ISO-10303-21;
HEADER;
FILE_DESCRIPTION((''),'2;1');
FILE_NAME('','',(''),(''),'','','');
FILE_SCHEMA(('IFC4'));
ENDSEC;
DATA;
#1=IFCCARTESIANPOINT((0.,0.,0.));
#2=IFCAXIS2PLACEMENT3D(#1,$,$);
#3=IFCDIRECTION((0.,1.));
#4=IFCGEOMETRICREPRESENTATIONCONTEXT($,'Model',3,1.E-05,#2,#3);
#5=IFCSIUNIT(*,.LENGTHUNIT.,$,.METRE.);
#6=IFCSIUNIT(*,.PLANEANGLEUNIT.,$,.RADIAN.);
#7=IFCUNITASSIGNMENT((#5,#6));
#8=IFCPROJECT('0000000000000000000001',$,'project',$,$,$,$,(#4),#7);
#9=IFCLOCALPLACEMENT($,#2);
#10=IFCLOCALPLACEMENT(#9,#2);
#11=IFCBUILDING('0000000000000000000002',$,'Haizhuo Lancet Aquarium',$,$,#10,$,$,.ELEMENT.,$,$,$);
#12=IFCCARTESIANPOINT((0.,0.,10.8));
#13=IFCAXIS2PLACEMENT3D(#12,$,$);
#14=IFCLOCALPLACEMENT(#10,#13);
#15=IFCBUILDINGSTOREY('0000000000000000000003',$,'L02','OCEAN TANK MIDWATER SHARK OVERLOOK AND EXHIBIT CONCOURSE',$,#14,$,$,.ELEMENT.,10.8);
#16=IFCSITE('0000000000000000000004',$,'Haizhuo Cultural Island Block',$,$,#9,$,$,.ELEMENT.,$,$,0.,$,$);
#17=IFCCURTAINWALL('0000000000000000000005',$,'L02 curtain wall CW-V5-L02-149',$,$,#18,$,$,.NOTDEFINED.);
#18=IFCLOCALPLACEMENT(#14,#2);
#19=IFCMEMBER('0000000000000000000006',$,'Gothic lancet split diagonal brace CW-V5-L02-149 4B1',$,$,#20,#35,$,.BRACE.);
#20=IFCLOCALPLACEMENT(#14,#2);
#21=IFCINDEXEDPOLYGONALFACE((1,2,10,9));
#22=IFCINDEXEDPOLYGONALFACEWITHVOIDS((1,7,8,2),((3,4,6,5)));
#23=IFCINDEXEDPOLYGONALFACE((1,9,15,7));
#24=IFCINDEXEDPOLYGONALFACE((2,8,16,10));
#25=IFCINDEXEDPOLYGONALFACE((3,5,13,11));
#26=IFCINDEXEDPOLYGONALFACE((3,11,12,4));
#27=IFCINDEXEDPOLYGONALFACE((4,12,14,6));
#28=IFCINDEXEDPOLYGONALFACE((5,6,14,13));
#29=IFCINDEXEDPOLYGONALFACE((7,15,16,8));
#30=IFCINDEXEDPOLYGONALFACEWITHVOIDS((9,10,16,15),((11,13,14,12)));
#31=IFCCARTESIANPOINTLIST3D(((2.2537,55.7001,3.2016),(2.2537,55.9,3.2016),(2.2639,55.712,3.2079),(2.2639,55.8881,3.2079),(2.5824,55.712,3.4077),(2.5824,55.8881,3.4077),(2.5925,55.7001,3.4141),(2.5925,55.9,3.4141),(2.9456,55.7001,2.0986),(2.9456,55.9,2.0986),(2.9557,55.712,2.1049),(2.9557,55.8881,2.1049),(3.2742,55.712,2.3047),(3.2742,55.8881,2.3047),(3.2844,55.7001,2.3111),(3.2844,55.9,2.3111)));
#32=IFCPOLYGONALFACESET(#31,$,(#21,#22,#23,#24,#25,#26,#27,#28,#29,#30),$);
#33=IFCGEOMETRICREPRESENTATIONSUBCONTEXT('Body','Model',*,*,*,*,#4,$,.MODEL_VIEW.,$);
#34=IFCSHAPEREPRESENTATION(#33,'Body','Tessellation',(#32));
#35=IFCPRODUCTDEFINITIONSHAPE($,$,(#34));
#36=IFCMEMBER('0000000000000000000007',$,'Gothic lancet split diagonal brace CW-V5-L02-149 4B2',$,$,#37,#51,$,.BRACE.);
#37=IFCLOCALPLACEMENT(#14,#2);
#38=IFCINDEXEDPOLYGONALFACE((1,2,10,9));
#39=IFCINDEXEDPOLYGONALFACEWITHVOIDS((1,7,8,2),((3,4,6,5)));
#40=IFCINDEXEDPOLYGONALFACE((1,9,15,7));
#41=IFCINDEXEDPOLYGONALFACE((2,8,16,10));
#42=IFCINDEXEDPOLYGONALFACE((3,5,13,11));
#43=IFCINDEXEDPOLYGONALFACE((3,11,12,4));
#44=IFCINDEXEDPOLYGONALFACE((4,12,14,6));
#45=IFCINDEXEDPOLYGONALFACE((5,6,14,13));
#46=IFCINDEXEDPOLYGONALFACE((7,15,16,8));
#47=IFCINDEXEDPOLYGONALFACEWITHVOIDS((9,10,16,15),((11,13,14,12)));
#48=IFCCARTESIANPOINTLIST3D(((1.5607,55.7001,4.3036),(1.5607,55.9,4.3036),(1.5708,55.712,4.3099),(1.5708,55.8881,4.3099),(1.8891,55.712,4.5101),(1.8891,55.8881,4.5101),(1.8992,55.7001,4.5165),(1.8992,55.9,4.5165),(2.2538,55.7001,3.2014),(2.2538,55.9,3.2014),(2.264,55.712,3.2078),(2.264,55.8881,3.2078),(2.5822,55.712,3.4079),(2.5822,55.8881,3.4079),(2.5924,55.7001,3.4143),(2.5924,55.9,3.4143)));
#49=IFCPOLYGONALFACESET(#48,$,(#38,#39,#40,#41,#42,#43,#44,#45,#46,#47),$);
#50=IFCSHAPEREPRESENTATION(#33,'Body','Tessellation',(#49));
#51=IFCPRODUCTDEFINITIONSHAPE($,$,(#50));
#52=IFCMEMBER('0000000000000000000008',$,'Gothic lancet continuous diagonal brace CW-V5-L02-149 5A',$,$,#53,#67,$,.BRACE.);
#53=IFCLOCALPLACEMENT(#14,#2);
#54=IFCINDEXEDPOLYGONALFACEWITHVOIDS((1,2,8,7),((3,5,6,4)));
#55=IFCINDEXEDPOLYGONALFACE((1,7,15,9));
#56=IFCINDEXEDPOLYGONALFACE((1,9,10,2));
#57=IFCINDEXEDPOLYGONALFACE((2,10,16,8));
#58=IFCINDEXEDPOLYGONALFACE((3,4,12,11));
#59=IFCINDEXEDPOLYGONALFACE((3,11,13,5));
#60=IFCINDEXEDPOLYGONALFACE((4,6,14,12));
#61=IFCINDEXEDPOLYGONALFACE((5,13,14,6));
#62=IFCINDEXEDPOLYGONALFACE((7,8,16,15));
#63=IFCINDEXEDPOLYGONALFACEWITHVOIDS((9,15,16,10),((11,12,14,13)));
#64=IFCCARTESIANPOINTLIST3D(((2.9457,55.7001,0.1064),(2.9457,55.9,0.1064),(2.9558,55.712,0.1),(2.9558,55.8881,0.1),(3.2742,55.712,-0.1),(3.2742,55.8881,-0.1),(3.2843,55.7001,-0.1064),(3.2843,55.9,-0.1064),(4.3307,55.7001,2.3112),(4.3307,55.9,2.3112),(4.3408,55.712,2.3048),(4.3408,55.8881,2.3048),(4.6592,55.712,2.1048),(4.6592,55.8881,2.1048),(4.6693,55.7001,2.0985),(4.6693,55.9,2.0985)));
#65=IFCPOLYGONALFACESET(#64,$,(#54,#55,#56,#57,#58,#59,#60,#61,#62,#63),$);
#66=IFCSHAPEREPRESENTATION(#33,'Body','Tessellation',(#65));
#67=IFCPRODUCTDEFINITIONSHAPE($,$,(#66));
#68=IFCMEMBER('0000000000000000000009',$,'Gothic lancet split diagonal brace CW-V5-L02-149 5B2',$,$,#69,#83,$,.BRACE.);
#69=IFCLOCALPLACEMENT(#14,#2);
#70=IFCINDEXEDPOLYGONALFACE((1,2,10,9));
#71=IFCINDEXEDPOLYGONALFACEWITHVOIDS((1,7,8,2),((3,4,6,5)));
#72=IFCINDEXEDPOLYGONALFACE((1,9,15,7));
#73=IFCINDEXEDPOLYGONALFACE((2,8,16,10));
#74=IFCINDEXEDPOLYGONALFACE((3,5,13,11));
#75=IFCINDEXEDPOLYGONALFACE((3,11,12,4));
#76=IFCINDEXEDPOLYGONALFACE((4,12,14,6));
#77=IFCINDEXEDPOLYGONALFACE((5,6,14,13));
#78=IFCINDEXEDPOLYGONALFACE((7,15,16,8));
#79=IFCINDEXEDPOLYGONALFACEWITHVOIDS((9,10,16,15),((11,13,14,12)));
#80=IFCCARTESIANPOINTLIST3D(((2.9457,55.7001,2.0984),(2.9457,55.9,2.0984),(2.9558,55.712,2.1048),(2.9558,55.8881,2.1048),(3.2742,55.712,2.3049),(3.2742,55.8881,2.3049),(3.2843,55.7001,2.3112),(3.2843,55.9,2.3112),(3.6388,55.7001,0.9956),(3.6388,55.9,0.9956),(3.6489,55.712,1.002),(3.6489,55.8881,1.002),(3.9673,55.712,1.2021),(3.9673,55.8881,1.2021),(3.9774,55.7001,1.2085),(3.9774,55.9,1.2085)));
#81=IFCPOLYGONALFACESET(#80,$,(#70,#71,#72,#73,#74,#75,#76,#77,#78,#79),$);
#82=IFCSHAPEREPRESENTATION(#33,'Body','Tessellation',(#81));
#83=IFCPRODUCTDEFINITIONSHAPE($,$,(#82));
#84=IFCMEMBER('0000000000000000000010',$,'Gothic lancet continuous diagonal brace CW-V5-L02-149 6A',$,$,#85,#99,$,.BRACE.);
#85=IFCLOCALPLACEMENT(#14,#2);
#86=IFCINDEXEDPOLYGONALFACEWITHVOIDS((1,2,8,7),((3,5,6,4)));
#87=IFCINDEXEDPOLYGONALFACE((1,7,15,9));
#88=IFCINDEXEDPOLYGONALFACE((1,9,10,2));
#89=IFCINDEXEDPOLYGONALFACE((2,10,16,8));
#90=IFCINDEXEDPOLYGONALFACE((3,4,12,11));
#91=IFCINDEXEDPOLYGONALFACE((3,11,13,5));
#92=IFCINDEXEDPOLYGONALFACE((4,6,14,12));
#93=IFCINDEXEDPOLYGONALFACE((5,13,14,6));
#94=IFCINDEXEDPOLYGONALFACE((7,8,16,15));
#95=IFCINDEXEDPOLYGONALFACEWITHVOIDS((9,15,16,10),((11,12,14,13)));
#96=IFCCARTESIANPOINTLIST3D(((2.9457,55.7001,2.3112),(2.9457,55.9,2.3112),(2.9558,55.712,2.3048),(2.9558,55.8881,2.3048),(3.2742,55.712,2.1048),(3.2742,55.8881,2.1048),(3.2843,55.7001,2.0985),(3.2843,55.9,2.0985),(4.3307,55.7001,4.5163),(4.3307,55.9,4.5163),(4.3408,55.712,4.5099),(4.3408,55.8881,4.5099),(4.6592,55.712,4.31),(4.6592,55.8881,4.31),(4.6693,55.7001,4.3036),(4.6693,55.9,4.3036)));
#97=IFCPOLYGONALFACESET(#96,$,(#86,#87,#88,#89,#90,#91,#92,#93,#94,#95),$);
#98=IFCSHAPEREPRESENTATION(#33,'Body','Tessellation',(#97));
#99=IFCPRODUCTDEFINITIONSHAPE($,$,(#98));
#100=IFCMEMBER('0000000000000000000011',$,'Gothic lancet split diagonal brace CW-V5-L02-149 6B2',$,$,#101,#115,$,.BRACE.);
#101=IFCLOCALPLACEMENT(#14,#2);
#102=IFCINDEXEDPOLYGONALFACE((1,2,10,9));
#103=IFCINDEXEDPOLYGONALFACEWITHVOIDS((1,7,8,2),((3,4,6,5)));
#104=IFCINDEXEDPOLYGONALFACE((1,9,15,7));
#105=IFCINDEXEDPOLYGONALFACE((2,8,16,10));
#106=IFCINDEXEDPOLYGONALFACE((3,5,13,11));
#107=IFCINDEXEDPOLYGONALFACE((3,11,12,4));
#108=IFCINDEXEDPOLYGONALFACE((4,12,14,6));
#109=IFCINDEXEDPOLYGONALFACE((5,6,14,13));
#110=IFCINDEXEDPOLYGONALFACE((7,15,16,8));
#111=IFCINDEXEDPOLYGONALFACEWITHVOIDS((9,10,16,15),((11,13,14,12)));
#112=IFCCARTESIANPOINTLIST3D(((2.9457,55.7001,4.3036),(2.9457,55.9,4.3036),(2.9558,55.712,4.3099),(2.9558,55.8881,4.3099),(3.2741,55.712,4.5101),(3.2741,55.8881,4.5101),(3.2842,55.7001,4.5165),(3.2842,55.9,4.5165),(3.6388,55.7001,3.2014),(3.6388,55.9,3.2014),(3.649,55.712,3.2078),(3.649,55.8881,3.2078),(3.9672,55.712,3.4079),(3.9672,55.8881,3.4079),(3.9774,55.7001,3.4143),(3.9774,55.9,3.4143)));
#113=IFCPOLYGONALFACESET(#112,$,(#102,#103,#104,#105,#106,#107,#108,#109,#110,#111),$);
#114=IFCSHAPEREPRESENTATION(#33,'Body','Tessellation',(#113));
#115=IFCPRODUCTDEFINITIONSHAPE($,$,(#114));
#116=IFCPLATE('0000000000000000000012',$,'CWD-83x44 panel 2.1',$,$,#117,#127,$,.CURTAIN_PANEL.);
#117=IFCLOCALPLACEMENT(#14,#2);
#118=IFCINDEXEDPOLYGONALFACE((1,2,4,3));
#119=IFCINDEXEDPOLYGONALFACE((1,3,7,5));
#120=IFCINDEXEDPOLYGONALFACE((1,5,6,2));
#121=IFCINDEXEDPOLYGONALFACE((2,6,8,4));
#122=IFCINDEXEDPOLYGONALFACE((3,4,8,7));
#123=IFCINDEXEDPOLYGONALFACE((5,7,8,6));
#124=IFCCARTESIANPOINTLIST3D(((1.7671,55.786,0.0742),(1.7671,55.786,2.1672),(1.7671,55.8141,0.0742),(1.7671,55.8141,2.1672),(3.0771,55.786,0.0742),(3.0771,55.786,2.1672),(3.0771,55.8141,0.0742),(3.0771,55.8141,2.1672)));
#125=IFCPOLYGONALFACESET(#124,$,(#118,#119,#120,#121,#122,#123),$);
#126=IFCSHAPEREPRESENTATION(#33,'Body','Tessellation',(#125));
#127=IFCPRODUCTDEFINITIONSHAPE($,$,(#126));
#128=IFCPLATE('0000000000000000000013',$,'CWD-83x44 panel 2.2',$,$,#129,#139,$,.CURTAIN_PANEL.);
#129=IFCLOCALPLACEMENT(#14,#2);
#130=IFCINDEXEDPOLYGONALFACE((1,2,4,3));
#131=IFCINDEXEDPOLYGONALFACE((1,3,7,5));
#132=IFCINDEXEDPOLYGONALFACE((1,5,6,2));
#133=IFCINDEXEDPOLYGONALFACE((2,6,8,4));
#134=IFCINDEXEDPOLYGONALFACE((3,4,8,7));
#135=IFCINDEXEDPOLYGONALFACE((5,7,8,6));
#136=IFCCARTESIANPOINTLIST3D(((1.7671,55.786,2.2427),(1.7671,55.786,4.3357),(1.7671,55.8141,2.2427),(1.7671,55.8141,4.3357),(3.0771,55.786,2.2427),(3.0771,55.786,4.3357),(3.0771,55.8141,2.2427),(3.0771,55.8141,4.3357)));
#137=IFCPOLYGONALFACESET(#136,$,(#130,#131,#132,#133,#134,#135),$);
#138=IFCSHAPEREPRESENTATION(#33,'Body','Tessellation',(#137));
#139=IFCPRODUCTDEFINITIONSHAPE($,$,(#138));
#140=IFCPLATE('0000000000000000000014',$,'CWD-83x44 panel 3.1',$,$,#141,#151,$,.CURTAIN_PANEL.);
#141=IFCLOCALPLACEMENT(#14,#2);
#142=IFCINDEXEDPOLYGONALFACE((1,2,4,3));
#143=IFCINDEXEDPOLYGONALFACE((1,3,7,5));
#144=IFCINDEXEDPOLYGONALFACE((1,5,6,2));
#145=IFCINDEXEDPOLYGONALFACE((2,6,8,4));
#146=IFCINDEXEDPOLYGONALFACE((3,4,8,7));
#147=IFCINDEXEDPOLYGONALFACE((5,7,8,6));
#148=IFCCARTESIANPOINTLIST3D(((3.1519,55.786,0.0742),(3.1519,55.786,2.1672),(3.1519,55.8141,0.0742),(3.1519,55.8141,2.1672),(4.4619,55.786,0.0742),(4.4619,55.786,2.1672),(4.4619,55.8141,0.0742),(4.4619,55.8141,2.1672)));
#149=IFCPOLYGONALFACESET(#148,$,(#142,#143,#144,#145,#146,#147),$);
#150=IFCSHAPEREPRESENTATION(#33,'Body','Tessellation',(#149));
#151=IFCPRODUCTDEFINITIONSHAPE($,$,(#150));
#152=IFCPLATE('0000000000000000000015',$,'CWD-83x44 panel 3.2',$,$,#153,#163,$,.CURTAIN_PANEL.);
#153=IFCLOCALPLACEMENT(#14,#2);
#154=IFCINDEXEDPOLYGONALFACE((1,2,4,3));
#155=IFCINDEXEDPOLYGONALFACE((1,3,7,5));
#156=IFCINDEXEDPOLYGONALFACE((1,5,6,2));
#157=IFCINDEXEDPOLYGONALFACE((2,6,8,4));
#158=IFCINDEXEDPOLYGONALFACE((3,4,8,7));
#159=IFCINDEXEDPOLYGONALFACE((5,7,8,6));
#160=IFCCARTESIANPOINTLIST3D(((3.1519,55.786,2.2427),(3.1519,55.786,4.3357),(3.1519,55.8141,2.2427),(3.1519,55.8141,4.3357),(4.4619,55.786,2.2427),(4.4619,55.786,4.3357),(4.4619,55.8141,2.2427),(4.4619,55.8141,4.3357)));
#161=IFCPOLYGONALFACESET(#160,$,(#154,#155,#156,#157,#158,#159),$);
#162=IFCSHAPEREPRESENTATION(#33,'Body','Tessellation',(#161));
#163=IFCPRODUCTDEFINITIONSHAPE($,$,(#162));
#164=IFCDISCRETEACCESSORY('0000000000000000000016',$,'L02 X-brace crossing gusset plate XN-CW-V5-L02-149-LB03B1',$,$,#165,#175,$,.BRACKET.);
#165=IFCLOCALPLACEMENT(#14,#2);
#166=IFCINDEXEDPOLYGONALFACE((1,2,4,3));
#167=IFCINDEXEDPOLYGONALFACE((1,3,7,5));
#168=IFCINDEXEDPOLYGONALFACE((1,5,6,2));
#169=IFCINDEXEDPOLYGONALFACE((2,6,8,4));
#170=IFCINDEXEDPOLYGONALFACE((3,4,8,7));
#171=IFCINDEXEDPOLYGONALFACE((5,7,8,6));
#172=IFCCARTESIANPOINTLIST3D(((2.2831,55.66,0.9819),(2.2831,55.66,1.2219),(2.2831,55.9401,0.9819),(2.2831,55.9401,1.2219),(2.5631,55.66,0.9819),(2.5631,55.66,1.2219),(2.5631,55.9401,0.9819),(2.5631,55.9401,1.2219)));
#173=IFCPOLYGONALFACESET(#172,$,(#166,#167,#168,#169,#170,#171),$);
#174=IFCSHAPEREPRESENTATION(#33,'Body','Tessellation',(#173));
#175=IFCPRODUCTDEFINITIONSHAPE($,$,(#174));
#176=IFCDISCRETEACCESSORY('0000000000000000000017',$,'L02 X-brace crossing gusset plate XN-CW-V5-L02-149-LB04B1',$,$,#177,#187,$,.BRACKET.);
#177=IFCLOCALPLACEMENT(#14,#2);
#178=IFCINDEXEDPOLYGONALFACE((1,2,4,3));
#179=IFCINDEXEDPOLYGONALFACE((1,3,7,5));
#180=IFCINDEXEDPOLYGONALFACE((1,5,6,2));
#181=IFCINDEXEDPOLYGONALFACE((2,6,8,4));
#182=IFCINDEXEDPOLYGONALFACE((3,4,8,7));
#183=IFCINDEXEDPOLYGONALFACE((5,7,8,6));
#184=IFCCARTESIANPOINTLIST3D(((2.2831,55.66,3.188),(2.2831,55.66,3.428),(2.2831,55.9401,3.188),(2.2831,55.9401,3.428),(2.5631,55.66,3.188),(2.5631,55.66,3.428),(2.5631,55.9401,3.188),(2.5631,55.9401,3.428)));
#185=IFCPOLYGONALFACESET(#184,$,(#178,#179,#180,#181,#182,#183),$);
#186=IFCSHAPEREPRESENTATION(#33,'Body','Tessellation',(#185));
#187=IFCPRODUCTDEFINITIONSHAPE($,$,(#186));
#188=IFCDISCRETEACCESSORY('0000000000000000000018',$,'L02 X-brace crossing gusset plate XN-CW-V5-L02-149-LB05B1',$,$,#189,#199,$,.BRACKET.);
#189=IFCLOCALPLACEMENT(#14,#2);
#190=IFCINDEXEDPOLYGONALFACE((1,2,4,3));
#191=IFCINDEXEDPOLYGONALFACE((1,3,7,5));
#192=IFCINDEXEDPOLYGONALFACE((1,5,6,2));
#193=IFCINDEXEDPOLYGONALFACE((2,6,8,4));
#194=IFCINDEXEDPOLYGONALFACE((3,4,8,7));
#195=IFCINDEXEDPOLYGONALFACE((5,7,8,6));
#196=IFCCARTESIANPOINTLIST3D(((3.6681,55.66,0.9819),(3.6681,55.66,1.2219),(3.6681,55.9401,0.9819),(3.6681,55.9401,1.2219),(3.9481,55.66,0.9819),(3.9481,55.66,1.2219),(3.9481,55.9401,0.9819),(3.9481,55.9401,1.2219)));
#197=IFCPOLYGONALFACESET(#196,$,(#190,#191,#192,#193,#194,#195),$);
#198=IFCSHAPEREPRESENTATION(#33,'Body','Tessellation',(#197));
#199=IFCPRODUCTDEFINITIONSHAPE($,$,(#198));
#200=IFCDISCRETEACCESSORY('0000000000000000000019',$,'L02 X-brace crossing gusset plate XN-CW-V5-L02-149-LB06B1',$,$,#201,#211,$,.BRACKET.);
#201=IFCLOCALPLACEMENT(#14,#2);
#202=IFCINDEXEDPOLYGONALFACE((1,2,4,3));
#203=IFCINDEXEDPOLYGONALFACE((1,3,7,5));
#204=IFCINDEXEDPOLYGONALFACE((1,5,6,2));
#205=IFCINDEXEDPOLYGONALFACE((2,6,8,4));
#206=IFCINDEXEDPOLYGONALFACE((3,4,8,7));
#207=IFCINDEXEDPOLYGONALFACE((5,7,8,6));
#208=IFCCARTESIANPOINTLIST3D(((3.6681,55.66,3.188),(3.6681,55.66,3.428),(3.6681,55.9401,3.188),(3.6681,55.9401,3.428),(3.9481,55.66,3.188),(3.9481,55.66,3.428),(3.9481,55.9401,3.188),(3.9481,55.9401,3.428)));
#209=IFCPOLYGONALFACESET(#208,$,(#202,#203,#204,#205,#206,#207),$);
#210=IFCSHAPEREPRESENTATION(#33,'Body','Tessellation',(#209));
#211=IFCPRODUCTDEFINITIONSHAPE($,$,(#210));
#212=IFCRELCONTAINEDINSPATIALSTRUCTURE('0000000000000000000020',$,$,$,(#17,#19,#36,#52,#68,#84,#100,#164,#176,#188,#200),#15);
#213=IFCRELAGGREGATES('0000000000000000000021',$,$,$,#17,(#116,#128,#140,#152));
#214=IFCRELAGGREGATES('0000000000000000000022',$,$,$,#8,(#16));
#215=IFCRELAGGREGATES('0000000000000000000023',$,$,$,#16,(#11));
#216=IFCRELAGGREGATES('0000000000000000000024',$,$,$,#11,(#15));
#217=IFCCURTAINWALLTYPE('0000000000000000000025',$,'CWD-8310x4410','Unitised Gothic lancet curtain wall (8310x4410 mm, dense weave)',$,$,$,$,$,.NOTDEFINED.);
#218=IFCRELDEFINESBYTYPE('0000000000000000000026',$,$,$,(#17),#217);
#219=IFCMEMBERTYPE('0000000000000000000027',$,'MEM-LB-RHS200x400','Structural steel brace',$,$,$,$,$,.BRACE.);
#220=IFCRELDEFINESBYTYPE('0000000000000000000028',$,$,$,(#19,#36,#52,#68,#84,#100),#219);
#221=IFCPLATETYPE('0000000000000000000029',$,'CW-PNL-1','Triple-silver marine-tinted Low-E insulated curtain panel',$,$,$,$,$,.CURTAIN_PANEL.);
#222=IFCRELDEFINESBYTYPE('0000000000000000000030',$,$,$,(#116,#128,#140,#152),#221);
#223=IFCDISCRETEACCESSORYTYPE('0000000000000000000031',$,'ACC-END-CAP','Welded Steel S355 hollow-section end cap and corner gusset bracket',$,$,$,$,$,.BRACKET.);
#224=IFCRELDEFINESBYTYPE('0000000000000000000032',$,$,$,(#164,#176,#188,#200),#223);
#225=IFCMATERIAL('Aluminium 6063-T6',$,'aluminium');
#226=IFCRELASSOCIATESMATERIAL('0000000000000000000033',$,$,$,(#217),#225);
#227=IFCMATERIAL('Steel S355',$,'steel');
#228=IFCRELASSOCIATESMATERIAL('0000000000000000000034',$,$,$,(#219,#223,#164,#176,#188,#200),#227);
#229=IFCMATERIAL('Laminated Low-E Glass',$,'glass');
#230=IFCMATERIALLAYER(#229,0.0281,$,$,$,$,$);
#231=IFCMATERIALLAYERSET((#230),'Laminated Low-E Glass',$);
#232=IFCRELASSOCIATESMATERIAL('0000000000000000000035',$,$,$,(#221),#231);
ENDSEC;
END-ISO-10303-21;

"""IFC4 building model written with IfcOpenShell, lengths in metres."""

from ifc_helpers import new_model, si_unit, direction, frame, origin, origin_2d, place, context, subcontext, project, spatial, rectangle, hollow_rectangle, extrude, material, layer, layer_set, material_profile, profile_set, type_object, element, aggregate, save


model = new_model("IFC4")

# Units and contexts
model_context = context("Model", 3, precision=1e-05, world=origin(), true_north=direction((0.0, 1.0)))
body_context = subcontext(model_context, "Body", "Model", "MODEL_VIEW")
ifc_project = project(units=[si_unit("LENGTHUNIT", "METRE"), si_unit("PLANEANGLEUNIT", "RADIAN")], contexts=[model_context])

# Site, building, storey
site_placement = place(None, origin())
site = spatial("IfcSite", under=ifc_project, at=site_placement, Name="Haizhuo Cultural Island Block", CompositionType="ELEMENT", RefElevation=0.0)
building_placement = place(site_placement, origin())
building = spatial("IfcBuilding", under=site, at=building_placement, Name="Haizhuo Lancet Aquarium", CompositionType="ELEMENT")
storey_placement = place(building_placement, frame((0.0, 0.0, 10.8)))
storey = spatial("IfcBuildingStorey", under=building, at=storey_placement, Name="L02", Description="OCEAN TANK MIDWATER SHARK OVERLOOK AND EXHIBIT CONCOURSE", CompositionType="ELEMENT", Elevation=10.8)

# Curtain wall
ifc_material_1 = material(Name="Aluminium 6063-T6", Category="aluminium")
curtain_wall_type = type_object("IfcCurtainWallType", Name="CWD-8310x4410", Description="Unitised Gothic lancet curtain wall (8310x4410 mm, dense weave)", PredefinedType="NOTDEFINED", material=ifc_material_1)
curtain_wall_placement = place(storey_placement, origin())
curtain_wall = element("IfcCurtainWall", 1, at=curtain_wall_placement, inside=storey, type_object=curtain_wall_type, Name="L02 curtain wall CW-V5-L02-149", PredefinedType="NOTDEFINED")

# Members
ifc_material_2 = material(Name="Steel S355", Category="steel")
ifc_material_profile_1 = material_profile(ifc_material_2, hollow_rectangle(XDim=0.2, YDim=0.3999, WallThickness=0.012, at=origin_2d()), Name="RHS 200x400x12")
ifc_profile_set_1 = profile_set([ifc_material_profile_1], Name="Steel S355")
member_type_1 = type_object("IfcMemberType", Name="MEM-LB-RHS200x400", Description="Structural steel brace", PredefinedType="BRACE", material=ifc_profile_set_1)
for number, where, z_axis, x_axis, name in (
    (2, (3.115, 55.8, 2.2048), (-0.53138, 0.0, 0.847133), (0.0, -1.0, 0.0), "Gothic lancet split diagonal brace CW-V5-L02-149 4B1"),
    (3, (2.4231, 55.8, 3.3079), (-0.53239, 0.0, 0.846499), (0.0, -1.0, 0.0), "Gothic lancet split diagonal brace CW-V5-L02-149 4B2"),
):
    element("IfcMember", number, at=place(storey_placement, frame(where, z_axis=z_axis, x_axis=x_axis)), inside=storey, type_object=member_type_1, Name=name, PredefinedType="BRACE", context=body_context, shape_type="SweptSolid", body=[
        extrude(hollow_rectangle(XDim=0.2, YDim=0.3999, WallThickness=0.012, at=origin_2d()), origin(), (0.0, 0.0, 1.0), 1.302),
    ])
member_1_placement = place(storey_placement, frame((3.115, 55.8, 0.0), z_axis=(0.531928, 0.0, 0.84679), x_axis=(0.0, 1.0, 0.0)))
element("IfcMember", 4, at=member_1_placement, inside=storey, type_object=member_type_1, Name="Gothic lancet continuous diagonal brace CW-V5-L02-149 5A", PredefinedType="BRACE", context=body_context, shape_type="SweptSolid", body=[
    extrude(hollow_rectangle(XDim=0.2, YDim=0.3999, WallThickness=0.012, at=origin_2d()), origin(), (0.0, 0.0, 1.0), 2.6038),
])
member_2_placement = place(storey_placement, frame((3.8081, 55.8, 1.1021), z_axis=(-0.532137, 0.0, 0.846658), x_axis=(0.0, -1.0, 0.0)))
element("IfcMember", 5, at=member_2_placement, inside=storey, type_object=member_type_1, Name="Gothic lancet split diagonal brace CW-V5-L02-149 5B2", PredefinedType="BRACE", context=body_context, shape_type="SweptSolid", body=[
    extrude(hollow_rectangle(XDim=0.2, YDim=0.3999, WallThickness=0.012, at=origin_2d()), origin(), (0.0, 0.0, 1.0), 1.3025),
])
member_3_placement = place(storey_placement, frame((3.115, 55.8, 2.2048), z_axis=(0.531885, 0.0, 0.846816), x_axis=(0.0, 1.0, 0.0)))
element("IfcMember", 6, at=member_3_placement, inside=storey, type_object=member_type_1, Name="Gothic lancet continuous diagonal brace CW-V5-L02-149 6A", PredefinedType="BRACE", context=body_context, shape_type="SweptSolid", body=[
    extrude(hollow_rectangle(XDim=0.2, YDim=0.3999, WallThickness=0.012, at=origin_2d()), origin(), (0.0, 0.0, 1.0), 2.604),
])
member_4_placement = place(storey_placement, frame((3.8081, 55.8, 3.3079), z_axis=(-0.53239, 0.0, 0.846499), x_axis=(0.0, -1.0, 0.0)))
element("IfcMember", 7, at=member_4_placement, inside=storey, type_object=member_type_1, Name="Gothic lancet split diagonal brace CW-V5-L02-149 6B2", PredefinedType="BRACE", context=body_context, shape_type="SweptSolid", body=[
    extrude(hollow_rectangle(XDim=0.2, YDim=0.3999, WallThickness=0.012, at=origin_2d()), origin(), (0.0, 0.0, 1.0), 1.302),
])

# Plates
ifc_material_3 = material(Name="Laminated Low-E Glass", Category="glass")
ifc_layer = layer(ifc_material_3, 0.0281)
ifc_layer_set = layer_set([ifc_layer], Name="Laminated Low-E Glass")
plate_type = type_object("IfcPlateType", Name="CW-PNL-1", Description="Triple-silver marine-tinted Low-E insulated curtain panel", PredefinedType="CURTAIN_PANEL", material=ifc_layer_set)
plate_1_placement = place(storey_placement, frame((2.4221, 55.8, 0.0742), z_axis=(0.0, 0.0, 1.0), x_axis=(1.0, 0.0, 0.0)))
plate_1 = element("IfcPlate", 8, at=plate_1_placement, type_object=plate_type, Name="CWD-83x44 panel 2.1", PredefinedType="CURTAIN_PANEL", context=body_context, shape_type="SweptSolid", body=[
    extrude(rectangle(XDim=1.3101, YDim=0.0281, at=origin_2d()), origin(), (0.0, 0.0, 1.0), 2.093),
])
plate_2_placement = place(storey_placement, frame((2.4221, 55.8, 2.2427), z_axis=(0.0, 0.0, 1.0), x_axis=(1.0, 0.0, 0.0)))
plate_2 = element("IfcPlate", 9, at=plate_2_placement, type_object=plate_type, Name="CWD-83x44 panel 2.2", PredefinedType="CURTAIN_PANEL", context=body_context, shape_type="SweptSolid", body=[
    extrude(rectangle(XDim=1.3101, YDim=0.0281, at=origin_2d()), origin(), (0.0, 0.0, 1.0), 2.093),
])
plate_3_placement = place(storey_placement, frame((3.8069, 55.8, 0.0742), z_axis=(0.0, 0.0, 1.0), x_axis=(1.0, 0.0, 0.0)))
plate_3 = element("IfcPlate", 10, at=plate_3_placement, type_object=plate_type, Name="CWD-83x44 panel 3.1", PredefinedType="CURTAIN_PANEL", context=body_context, shape_type="SweptSolid", body=[
    extrude(rectangle(XDim=1.3101, YDim=0.0281, at=origin_2d()), origin(), (0.0, 0.0, 1.0), 2.093),
])
plate_4_placement = place(storey_placement, frame((3.8069, 55.8, 2.2427), z_axis=(0.0, 0.0, 1.0), x_axis=(1.0, 0.0, 0.0)))
plate_4 = element("IfcPlate", 11, at=plate_4_placement, type_object=plate_type, Name="CWD-83x44 panel 3.2", PredefinedType="CURTAIN_PANEL", context=body_context, shape_type="SweptSolid", body=[
    extrude(rectangle(XDim=1.3101, YDim=0.0281, at=origin_2d()), origin(), (0.0, 0.0, 1.0), 2.093),
])
aggregate(curtain_wall, [plate_1, plate_2, plate_3, plate_4])

# Discrete accessories
discrete_accessory_type = type_object("IfcDiscreteAccessoryType", Name="ACC-END-CAP", Description="Welded Steel S355 hollow-section end cap and corner gusset bracket", PredefinedType="BRACKET", material=ifc_material_2)
for number, where, z_axis, x_axis, name in (
    (12, (2.4231, 55.8, 0.9819), (0.0, 0.0, 1.0), (1.0, 0.0, 0.0), "L02 X-brace crossing gusset plate XN-CW-V5-L02-149-LB03B1"),
    (13, (2.4231, 55.8, 3.188), (0.0, 0.0, 1.0), (1.0, 0.0, 0.0), "L02 X-brace crossing gusset plate XN-CW-V5-L02-149-LB04B1"),
    (14, (3.8081, 55.8, 0.9819), (0.0, 0.0, 1.0), (1.0, 0.0, 0.0), "L02 X-brace crossing gusset plate XN-CW-V5-L02-149-LB05B1"),
    (15, (3.8081, 55.8, 3.188), (0.0, 0.0, 1.0), (1.0, 0.0, 0.0), "L02 X-brace crossing gusset plate XN-CW-V5-L02-149-LB06B1"),
):
    element("IfcDiscreteAccessory", number, at=place(storey_placement, frame(where, z_axis=z_axis, x_axis=x_axis)), inside=storey, type_object=discrete_accessory_type, material=ifc_material_2, Name=name, PredefinedType="BRACKET", context=body_context, shape_type="SweptSolid", body=[
        extrude(rectangle(XDim=0.28, YDim=0.28, at=origin_2d()), origin(), (0.0, 0.0, 1.0), 0.24),
    ])

save(model, "model.ifc")
